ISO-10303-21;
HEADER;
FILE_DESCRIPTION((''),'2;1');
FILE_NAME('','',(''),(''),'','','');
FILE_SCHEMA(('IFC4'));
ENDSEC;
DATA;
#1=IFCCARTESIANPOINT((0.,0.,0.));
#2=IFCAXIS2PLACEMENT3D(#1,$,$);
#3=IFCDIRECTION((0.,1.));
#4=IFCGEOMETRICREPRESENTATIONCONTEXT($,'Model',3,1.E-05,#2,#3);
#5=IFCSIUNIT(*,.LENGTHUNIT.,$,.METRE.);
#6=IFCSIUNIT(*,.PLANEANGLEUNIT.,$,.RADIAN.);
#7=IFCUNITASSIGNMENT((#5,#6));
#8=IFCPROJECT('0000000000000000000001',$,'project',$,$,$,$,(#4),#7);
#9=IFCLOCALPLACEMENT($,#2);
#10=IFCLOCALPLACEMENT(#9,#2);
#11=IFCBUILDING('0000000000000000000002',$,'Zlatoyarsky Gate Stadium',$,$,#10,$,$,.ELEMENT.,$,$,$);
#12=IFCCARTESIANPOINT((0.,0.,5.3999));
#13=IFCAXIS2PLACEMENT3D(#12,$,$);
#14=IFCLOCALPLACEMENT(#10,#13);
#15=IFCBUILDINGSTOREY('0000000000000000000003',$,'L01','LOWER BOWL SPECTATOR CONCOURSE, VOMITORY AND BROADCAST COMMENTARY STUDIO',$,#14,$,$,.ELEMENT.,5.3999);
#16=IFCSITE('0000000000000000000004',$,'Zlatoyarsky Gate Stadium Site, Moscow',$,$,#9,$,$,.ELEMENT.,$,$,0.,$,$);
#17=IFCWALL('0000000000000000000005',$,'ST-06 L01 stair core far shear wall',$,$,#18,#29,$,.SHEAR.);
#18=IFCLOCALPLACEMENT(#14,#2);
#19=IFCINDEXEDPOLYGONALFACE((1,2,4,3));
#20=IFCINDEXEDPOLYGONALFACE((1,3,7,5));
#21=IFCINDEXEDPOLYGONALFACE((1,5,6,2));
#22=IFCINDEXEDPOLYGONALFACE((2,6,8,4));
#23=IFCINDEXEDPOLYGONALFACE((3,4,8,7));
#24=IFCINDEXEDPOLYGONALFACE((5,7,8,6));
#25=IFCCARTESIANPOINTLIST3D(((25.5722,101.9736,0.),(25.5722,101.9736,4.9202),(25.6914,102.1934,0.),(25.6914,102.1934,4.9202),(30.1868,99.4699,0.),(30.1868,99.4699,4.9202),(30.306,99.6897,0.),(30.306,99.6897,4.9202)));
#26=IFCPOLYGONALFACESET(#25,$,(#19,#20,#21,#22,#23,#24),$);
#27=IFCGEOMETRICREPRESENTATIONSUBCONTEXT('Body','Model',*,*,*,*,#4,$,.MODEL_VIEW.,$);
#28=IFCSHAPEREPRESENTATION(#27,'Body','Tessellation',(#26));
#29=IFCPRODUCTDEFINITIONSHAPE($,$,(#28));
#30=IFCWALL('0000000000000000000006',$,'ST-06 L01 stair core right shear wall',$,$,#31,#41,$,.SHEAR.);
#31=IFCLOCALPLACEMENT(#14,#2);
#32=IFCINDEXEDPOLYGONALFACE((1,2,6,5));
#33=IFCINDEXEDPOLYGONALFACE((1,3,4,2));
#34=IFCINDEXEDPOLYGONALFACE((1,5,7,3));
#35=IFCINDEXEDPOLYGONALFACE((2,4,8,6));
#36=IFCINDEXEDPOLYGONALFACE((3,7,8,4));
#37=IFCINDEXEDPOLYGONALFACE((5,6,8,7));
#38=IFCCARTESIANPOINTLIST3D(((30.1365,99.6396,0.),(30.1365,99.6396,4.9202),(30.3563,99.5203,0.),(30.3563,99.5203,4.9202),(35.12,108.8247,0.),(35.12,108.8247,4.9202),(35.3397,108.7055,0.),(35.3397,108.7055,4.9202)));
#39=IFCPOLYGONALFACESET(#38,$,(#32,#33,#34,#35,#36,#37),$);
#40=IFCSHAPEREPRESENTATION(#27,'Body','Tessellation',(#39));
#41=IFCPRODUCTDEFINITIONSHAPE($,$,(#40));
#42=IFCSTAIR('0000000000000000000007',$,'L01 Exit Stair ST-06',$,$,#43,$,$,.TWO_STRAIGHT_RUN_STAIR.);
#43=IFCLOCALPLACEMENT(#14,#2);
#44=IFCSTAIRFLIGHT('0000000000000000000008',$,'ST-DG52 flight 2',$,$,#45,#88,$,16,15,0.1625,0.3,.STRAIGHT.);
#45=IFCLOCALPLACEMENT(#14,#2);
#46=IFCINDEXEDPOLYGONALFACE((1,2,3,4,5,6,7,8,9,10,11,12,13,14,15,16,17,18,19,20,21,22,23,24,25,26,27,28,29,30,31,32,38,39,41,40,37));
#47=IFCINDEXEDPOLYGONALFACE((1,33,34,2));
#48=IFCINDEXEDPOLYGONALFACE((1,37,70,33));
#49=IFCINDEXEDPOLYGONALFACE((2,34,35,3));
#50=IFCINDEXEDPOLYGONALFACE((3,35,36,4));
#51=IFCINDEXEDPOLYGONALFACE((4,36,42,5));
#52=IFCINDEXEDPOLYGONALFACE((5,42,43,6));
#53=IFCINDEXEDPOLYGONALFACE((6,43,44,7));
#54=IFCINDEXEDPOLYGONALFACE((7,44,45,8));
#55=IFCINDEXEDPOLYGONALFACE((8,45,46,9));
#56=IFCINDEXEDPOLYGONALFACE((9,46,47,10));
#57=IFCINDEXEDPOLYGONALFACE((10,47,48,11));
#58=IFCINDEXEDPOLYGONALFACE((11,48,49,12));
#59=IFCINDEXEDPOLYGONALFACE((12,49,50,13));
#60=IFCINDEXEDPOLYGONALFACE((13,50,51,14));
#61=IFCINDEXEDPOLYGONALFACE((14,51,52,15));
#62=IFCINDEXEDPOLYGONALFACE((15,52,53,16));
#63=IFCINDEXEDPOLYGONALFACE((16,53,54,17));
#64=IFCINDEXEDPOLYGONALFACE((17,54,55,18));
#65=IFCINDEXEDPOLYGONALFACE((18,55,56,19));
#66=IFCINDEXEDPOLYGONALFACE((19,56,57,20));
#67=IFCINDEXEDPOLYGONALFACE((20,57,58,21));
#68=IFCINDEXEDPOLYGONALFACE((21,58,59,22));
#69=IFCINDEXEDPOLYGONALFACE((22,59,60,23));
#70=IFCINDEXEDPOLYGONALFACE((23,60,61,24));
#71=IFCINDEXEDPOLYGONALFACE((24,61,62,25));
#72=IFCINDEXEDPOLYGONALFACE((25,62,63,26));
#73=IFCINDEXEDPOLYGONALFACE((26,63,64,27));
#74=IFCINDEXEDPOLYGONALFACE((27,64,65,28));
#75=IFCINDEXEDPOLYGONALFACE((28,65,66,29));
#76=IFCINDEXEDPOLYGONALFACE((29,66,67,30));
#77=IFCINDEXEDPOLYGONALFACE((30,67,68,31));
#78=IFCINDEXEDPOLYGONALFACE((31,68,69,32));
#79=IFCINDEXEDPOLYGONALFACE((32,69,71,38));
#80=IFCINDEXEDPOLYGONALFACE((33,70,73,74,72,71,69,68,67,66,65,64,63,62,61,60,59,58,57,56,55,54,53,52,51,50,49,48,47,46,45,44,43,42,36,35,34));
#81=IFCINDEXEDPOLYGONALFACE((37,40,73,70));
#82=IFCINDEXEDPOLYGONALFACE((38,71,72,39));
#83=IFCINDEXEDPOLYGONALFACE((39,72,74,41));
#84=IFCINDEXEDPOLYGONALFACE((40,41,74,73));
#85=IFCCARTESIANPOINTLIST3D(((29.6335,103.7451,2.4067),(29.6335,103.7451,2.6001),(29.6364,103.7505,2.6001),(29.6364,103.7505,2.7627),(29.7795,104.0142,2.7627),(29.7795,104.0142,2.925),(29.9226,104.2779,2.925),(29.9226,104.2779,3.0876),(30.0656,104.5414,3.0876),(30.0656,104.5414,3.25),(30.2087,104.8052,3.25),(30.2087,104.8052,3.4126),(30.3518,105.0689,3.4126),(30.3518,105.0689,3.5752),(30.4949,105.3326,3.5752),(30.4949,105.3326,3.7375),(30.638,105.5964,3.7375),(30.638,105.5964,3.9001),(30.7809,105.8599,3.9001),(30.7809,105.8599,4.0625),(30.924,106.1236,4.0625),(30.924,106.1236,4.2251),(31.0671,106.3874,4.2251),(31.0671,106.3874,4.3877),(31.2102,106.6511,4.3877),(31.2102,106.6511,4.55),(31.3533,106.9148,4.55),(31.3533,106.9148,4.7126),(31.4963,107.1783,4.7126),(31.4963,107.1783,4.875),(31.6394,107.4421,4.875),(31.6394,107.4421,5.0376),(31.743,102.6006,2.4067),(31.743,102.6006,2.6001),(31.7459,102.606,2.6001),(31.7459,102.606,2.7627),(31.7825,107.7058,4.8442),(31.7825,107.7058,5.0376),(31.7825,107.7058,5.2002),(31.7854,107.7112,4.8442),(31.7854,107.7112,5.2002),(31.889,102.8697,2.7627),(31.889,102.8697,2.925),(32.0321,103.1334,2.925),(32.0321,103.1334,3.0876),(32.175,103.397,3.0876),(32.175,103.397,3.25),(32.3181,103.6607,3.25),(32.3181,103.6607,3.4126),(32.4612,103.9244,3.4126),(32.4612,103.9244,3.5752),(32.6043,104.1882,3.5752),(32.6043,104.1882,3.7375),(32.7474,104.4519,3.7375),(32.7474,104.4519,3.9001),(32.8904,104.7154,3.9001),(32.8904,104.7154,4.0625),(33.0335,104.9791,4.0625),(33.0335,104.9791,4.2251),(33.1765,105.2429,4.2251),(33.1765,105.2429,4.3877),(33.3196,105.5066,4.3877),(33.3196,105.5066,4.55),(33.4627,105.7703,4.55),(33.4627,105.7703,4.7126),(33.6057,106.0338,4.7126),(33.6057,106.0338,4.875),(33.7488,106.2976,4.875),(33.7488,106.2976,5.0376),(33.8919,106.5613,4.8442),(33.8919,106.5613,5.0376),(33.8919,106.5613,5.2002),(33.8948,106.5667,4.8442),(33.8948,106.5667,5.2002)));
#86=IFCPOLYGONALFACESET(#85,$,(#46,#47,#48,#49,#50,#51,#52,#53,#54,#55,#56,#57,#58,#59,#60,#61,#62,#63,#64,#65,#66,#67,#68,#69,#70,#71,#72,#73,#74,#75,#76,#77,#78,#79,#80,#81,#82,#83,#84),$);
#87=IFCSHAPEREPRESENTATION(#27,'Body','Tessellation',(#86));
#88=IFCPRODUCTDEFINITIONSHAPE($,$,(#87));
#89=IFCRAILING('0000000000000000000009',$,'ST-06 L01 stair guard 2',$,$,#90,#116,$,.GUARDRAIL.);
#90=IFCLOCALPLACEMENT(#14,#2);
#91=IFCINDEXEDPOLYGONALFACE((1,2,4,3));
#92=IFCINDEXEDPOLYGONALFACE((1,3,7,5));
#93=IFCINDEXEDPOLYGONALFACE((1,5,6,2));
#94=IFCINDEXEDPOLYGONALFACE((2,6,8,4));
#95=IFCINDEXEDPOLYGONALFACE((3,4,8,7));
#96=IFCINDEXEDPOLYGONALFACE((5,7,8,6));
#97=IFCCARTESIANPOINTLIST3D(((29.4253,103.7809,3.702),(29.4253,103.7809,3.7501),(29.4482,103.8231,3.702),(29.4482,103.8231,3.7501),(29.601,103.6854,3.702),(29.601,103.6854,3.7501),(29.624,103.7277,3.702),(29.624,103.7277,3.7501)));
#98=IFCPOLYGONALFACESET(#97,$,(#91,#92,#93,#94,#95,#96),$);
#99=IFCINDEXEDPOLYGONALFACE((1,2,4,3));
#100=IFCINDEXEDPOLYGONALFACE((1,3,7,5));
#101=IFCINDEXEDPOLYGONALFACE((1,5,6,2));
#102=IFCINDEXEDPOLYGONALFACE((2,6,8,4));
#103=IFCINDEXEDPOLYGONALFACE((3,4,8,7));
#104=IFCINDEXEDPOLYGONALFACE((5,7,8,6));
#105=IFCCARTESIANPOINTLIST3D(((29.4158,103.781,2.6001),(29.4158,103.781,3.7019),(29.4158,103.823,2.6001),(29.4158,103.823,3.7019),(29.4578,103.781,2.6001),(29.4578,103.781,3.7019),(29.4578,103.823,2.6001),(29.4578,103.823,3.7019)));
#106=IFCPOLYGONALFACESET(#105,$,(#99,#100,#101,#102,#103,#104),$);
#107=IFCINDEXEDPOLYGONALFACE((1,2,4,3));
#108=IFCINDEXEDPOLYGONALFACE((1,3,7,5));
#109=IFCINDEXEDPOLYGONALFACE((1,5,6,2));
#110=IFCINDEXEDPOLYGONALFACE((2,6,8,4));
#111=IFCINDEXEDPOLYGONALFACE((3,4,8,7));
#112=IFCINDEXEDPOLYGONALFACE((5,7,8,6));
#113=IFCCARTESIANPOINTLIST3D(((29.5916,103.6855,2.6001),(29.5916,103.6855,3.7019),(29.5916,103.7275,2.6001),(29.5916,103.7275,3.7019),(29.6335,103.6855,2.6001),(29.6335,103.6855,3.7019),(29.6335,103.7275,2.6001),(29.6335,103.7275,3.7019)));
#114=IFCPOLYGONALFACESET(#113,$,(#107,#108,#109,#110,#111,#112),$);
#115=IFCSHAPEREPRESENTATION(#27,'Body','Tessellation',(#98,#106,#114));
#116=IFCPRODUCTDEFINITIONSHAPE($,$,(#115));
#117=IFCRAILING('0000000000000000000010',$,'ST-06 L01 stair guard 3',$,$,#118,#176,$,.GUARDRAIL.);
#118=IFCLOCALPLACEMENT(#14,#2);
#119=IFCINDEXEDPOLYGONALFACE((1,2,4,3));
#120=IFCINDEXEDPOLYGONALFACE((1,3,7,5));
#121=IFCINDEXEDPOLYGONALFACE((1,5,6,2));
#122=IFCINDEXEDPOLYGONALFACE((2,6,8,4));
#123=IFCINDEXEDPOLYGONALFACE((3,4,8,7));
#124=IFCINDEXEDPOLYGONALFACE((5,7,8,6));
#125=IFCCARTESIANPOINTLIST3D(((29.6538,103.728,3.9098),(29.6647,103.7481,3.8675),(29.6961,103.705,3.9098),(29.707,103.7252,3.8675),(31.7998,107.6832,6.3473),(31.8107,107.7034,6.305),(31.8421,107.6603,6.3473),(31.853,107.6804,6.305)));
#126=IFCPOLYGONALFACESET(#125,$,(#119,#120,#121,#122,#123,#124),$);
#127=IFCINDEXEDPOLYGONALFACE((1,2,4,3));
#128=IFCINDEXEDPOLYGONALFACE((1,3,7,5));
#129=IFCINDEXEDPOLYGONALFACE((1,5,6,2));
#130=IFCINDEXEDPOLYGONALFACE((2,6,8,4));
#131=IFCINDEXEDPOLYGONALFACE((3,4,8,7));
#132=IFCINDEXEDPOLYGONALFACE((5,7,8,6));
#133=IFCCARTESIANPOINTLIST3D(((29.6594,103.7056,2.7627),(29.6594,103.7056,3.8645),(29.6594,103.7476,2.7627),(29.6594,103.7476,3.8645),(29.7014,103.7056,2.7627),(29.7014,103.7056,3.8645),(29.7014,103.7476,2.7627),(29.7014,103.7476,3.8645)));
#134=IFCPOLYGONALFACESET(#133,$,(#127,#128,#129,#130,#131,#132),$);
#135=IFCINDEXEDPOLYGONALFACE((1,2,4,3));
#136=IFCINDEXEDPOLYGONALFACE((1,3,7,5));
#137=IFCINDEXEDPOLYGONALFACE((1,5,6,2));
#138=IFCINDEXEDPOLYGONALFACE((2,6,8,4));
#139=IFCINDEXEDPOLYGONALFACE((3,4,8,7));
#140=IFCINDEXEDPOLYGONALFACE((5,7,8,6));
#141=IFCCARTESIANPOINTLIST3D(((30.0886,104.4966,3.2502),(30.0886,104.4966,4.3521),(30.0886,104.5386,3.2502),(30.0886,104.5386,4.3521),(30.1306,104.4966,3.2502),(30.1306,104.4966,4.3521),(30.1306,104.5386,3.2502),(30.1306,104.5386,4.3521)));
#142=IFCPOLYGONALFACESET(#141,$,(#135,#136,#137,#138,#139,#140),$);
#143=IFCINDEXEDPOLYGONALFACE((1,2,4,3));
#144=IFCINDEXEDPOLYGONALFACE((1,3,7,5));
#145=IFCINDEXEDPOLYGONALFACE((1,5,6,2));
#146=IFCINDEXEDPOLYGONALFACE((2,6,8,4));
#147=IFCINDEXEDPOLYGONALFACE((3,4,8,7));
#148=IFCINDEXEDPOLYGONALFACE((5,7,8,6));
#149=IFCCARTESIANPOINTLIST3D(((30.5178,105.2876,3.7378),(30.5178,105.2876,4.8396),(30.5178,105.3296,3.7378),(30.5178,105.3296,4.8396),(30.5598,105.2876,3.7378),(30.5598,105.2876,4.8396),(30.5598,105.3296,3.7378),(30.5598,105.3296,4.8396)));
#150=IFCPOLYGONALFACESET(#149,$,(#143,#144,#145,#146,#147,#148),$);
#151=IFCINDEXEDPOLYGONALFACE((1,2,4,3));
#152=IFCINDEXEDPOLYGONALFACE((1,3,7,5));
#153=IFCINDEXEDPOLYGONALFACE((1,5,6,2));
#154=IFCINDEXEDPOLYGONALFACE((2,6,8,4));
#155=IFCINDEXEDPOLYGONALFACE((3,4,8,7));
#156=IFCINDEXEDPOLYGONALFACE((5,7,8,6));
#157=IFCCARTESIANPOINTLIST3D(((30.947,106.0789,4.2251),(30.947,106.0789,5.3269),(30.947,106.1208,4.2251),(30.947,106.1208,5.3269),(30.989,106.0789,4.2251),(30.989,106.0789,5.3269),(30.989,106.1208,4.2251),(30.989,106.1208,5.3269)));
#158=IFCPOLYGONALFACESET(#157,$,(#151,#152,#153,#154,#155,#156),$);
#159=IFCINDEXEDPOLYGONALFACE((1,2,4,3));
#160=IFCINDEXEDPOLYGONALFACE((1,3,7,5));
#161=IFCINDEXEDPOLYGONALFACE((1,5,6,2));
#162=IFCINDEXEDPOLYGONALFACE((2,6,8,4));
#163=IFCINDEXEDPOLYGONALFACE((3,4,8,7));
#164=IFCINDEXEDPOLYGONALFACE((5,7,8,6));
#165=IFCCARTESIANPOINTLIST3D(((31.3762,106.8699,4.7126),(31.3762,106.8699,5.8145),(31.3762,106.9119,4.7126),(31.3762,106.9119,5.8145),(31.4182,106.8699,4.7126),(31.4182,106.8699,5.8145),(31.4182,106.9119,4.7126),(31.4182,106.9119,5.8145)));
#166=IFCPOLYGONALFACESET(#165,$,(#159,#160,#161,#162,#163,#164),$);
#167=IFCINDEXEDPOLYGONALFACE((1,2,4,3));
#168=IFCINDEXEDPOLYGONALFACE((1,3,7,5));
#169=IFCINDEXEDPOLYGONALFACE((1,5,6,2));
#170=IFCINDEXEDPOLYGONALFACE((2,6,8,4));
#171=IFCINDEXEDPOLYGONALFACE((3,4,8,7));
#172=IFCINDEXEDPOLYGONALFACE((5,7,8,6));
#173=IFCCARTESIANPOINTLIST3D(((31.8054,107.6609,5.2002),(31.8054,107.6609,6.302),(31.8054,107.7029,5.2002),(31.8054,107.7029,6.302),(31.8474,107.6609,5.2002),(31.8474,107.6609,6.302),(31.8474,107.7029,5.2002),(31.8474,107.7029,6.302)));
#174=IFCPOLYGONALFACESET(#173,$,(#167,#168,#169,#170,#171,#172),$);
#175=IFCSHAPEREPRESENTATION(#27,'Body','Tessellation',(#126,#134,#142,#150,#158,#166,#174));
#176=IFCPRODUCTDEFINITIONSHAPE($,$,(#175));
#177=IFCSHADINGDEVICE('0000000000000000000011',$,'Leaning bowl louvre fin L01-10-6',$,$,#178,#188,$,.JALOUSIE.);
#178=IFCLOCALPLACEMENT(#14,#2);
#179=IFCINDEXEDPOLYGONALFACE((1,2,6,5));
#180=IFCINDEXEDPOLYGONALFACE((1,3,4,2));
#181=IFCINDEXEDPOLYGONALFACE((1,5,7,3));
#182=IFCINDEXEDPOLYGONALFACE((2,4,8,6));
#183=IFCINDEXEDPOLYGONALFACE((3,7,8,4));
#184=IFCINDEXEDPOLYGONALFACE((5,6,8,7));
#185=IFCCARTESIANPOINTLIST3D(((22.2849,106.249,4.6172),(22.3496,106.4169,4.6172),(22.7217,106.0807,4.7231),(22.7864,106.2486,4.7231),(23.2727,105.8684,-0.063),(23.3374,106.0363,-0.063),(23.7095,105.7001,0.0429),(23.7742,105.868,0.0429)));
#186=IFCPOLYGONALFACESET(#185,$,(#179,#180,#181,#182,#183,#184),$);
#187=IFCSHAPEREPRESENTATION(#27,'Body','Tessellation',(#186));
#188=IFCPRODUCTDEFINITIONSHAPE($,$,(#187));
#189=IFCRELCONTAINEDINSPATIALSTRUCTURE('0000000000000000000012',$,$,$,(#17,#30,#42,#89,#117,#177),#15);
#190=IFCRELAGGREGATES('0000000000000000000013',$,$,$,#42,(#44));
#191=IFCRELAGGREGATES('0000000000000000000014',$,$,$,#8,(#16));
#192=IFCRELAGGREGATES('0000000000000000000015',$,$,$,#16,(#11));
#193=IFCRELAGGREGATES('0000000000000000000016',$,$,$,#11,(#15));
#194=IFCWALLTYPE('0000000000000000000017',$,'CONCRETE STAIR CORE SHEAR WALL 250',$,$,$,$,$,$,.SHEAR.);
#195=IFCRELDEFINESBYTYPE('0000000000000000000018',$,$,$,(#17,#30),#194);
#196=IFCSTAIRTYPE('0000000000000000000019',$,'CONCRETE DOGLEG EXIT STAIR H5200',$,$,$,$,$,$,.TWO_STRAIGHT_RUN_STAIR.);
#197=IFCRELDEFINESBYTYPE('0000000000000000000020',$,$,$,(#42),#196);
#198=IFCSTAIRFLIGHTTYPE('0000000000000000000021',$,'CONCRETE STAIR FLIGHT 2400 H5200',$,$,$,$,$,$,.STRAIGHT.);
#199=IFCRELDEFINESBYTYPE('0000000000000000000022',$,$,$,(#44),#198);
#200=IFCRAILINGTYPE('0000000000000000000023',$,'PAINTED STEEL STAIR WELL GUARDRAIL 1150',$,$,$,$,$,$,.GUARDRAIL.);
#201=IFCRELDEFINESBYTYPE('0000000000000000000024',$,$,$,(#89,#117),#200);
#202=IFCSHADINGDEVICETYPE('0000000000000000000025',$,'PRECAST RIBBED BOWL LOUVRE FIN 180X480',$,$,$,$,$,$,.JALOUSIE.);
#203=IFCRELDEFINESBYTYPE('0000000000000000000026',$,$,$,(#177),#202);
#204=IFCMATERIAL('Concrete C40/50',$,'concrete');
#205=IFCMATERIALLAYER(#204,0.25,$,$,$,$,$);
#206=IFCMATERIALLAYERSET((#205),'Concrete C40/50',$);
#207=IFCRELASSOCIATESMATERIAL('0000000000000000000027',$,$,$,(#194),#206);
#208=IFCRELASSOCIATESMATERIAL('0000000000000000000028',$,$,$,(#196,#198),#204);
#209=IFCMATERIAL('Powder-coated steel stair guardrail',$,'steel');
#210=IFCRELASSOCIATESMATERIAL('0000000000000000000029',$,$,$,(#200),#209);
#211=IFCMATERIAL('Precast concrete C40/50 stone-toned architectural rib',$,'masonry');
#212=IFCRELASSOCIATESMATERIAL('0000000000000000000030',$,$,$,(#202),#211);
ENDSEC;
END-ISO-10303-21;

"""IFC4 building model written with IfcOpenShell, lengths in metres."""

from ifc_helpers import new_model, si_unit, direction, frame, frame_2d, origin, origin_2d, place, context, subcontext, project, spatial, polyline, rectangle, outline, extrude, material, layer, layer_set, material_profile, profile_set, type_object, element, aggregate, save


model = new_model("IFC4")

# Units and contexts
model_context = context("Model", 3, precision=1e-05, world=origin(), true_north=direction((0.0, 1.0)))
body_context = subcontext(model_context, "Body", "Model", "MODEL_VIEW")
ifc_project = project(units=[si_unit("LENGTHUNIT", "METRE"), si_unit("PLANEANGLEUNIT", "RADIAN")], contexts=[model_context])

# Site, building, storey
site_placement = place(None, origin())
site = spatial("IfcSite", under=ifc_project, at=site_placement, Name="Zlatoyarsky Gate Stadium Site, Moscow", CompositionType="ELEMENT", RefElevation=0.0)
building_placement = place(site_placement, origin())
building = spatial("IfcBuilding", under=site, at=building_placement, Name="Zlatoyarsky Gate Stadium", CompositionType="ELEMENT")
storey_placement = place(building_placement, frame((0.0, 0.0, 5.3999)))
storey = spatial("IfcBuildingStorey", under=building, at=storey_placement, Name="L01", Description="LOWER BOWL SPECTATOR CONCOURSE, VOMITORY AND BROADCAST COMMENTARY STUDIO", CompositionType="ELEMENT", Elevation=5.3999)

# Walls
ifc_material_1 = material(Name="Concrete C40/50", Category="concrete")
ifc_layer_1 = layer(ifc_material_1, 0.25)
ifc_layer_set_1 = layer_set([ifc_layer_1], Name="Concrete C40/50")
wall_type = type_object("IfcWallType", Name="CONCRETE STAIR CORE SHEAR WALL 250", PredefinedType="SHEAR", material=ifc_layer_set_1)
wall_1_placement = place(storey_placement, frame((25.6318, 102.0835, 0.0), z_axis=(0.0, 0.0, 1.0), x_axis=(0.878961, -0.476893, 0.0)))
element("IfcWall", 1, at=wall_1_placement, inside=storey, type_object=wall_type, Name="ST-06 L01 stair core far shear wall", PredefinedType="SHEAR", context=body_context, shape_type="SweptSolid", body=[
    extrude(rectangle(XDim=5.25, YDim=0.25, at=frame_2d((2.625, 0.0))), origin(), (0.0, 0.0, 1.0), 4.9202),
])
wall_2_placement = place(storey_placement, frame((30.2463, 99.5798, 0.0), z_axis=(0.0, 0.0, 1.0), x_axis=(0.476887, 0.878965, 0.0)))
element("IfcWall", 2, at=wall_2_placement, inside=storey, type_object=wall_type, Name="ST-06 L01 stair core right shear wall", PredefinedType="SHEAR", context=body_context, shape_type="SweptSolid", body=[
    extrude(rectangle(XDim=10.45, YDim=0.25, at=frame_2d((5.2251, 0.0))), origin(), (0.0, 0.0, 1.0), 4.9202),
])

# Stair, stair flight
stair_type = type_object("IfcStairType", Name="CONCRETE DOGLEG EXIT STAIR H5200", PredefinedType="TWO_STRAIGHT_RUN_STAIR", material=ifc_material_1)
stair_placement = place(storey_placement, origin())
stair = element("IfcStair", 3, at=stair_placement, inside=storey, type_object=stair_type, Name="L01 Exit Stair ST-06", PredefinedType="TWO_STRAIGHT_RUN_STAIR")
stair_flight_type = type_object("IfcStairFlightType", Name="CONCRETE STAIR FLIGHT 2400 H5200", PredefinedType="STRAIGHT", material=ifc_material_1)
stair_flight_placement = place(storey_placement, frame((30.6912, 103.1782, 2.6001), z_axis=(0.0, 0.0, 1.0), x_axis=(0.47689, 0.878963, 0.0)))
stair_flight = element("IfcStairFlight", 4, at=stair_flight_placement, type_object=stair_flight_type, Name="ST-DG52 flight 2", NumberOfRisers=16, NumberOfTreads=15, PredefinedType="STRAIGHT", RiserHeight=0.1625, TreadLength=0.3, context=body_context, shape_type="SweptSolid", body=[
    extrude(outline(polyline([(-0.0061, -0.1934), (-0.0061, 0.0), (0.0, 0.0), (0.0, 0.1626), (0.3, 0.1626), (0.3, 0.325), (0.6001, 0.325), (0.6001, 0.4875), (0.8999, 0.4875), (0.8999, 0.6499), (1.2, 0.6499), (1.2, 0.8125), (1.5, 0.8125), (1.5, 0.9751), (1.8, 0.9751), (1.8, 1.1375), (2.1001, 1.1375), (2.1001, 1.3), (2.3999, 1.3), (2.3999, 1.4624), (2.7, 1.4624), (2.7, 1.625), (3.0, 1.625), (3.0, 1.7876), (3.3, 1.7876), (3.3, 1.95), (3.6001, 1.95), (3.6001, 2.1125), (3.8999, 2.1125), (3.8999, 2.2749), (4.2, 2.2749), (4.2, 2.4375), (4.5, 2.4375), (4.5, 2.6001), (4.5061, 2.6001), (4.5061, 2.2441), (4.5, 2.2441), (-0.0061, -0.1934)])), frame((0.0, 1.2, 0.0), z_axis=(0.0, -1.0, 0.0), x_axis=(1.0, 0.0, 0.0)), (0.0, 0.0, 1.0), 2.3999),
])
aggregate(stair, [stair_flight])

# Railings
ifc_material_2 = material(Name="Powder-coated steel stair guardrail", Category="steel")
railing_type_1 = type_object("IfcRailingType", Name="PAINTED STEEL STAIR WELL GUARDRAIL 1150", PredefinedType="GUARDRAIL", material=ifc_material_2)
railing_1_placement = place(storey_placement, frame((29.4368, 103.802, 2.6001)))
element("IfcRailing", 5, at=railing_1_placement, inside=storey, type_object=railing_type_1, Name="ST-06 L01 stair guard 2", PredefinedType="GUARDRAIL", context=body_context, shape_type="SweptSolid", body=[
    extrude(rectangle(XDim=0.0481, YDim=0.0481, at=origin_2d()), frame((0.0, 0.0, 1.126), z_axis=(0.87878, -0.477227, 0.0), x_axis=(0.477227, 0.87878, 0.0)), (0.0, 0.0, 1.0), 0.2),
    extrude(rectangle(XDim=0.042, YDim=0.042, at=origin_2d()), origin(), (0.0, 0.0, 1.0), 1.1018),
    extrude(rectangle(XDim=0.042, YDim=0.042, at=origin_2d()), frame((0.1758, -0.0955, 0.0)), (0.0, 0.0, 1.0), 1.1018),
])
railing_2_placement = place(storey_placement, frame((29.6804, 103.7266, 2.7627)))
element("IfcRailing", 6, at=railing_2_placement, inside=storey, type_object=railing_type_1, Name="ST-06 L01 stair guard 3", PredefinedType="GUARDRAIL", context=body_context, shape_type="SweptSolid", body=[
    extrude(rectangle(XDim=0.0481, YDim=0.0481, at=origin_2d()), frame((0.0, 0.0, 1.126), z_axis=(0.419325, 0.772865, 0.476284), x_axis=(-0.878963, 0.47689, 0.0)), (0.0, 0.0, 1.0), 5.1177),
    extrude(rectangle(XDim=0.042, YDim=0.042, at=origin_2d()), origin(), (0.0, 0.0, 1.0), 1.1018),
    extrude(rectangle(XDim=0.042, YDim=0.042, at=origin_2d()), frame((0.4292, 0.791, 0.4875)), (0.0, 0.0, 1.0), 1.1018),
    extrude(rectangle(XDim=0.042, YDim=0.042, at=origin_2d()), frame((0.8584, 1.582, 0.9751)), (0.0, 0.0, 1.0), 1.1018),
    extrude(rectangle(XDim=0.042, YDim=0.042, at=origin_2d()), frame((1.2876, 2.3733, 1.4624)), (0.0, 0.0, 1.0), 1.1018),
    extrude(rectangle(XDim=0.042, YDim=0.042, at=origin_2d()), frame((1.7168, 3.1643, 1.95)), (0.0, 0.0, 1.0), 1.1018),
    extrude(rectangle(XDim=0.042, YDim=0.042, at=origin_2d()), frame((2.146, 3.9553, 2.4375)), (0.0, 0.0, 1.0), 1.1018),
])

# Shading device
ifc_material_3 = material(Name="Precast concrete C40/50 stone-toned architectural rib", Category="masonry")
ifc_material_profile_1 = material_profile(ifc_material_3, rectangle(XDim=0.1799, YDim=0.48, at=origin_2d()), Name="RIB 180X480")
ifc_profile_set_1 = profile_set([ifc_material_profile_1], Name="Precast concrete C40/50 stone-toned architectural rib")
shading_device_type = type_object("IfcShadingDeviceType", Name="PRECAST RIBBED BOWL LOUVRE FIN 180X480", PredefinedType="JALOUSIE", material=ifc_profile_set_1)
shading_device_placement = place(storey_placement, frame((23.5234, 105.8682, -0.01), z_axis=(-0.205859, 0.079321, 0.975362), x_axis=(-0.359551, -0.933126, 0.0)))
element("IfcShadingDevice", 7, at=shading_device_placement, inside=storey, type_object=shading_device_type, Name="Leaning bowl louvre fin L01-10-6", PredefinedType="JALOUSIE", context=body_context, shape_type="SweptSolid", body=[
    extrude(rectangle(XDim=0.1799, YDim=0.48, at=origin_2d()), origin(), (0.0, 0.0, 1.0), 4.7983),
])

save(model, "model.ifc")
